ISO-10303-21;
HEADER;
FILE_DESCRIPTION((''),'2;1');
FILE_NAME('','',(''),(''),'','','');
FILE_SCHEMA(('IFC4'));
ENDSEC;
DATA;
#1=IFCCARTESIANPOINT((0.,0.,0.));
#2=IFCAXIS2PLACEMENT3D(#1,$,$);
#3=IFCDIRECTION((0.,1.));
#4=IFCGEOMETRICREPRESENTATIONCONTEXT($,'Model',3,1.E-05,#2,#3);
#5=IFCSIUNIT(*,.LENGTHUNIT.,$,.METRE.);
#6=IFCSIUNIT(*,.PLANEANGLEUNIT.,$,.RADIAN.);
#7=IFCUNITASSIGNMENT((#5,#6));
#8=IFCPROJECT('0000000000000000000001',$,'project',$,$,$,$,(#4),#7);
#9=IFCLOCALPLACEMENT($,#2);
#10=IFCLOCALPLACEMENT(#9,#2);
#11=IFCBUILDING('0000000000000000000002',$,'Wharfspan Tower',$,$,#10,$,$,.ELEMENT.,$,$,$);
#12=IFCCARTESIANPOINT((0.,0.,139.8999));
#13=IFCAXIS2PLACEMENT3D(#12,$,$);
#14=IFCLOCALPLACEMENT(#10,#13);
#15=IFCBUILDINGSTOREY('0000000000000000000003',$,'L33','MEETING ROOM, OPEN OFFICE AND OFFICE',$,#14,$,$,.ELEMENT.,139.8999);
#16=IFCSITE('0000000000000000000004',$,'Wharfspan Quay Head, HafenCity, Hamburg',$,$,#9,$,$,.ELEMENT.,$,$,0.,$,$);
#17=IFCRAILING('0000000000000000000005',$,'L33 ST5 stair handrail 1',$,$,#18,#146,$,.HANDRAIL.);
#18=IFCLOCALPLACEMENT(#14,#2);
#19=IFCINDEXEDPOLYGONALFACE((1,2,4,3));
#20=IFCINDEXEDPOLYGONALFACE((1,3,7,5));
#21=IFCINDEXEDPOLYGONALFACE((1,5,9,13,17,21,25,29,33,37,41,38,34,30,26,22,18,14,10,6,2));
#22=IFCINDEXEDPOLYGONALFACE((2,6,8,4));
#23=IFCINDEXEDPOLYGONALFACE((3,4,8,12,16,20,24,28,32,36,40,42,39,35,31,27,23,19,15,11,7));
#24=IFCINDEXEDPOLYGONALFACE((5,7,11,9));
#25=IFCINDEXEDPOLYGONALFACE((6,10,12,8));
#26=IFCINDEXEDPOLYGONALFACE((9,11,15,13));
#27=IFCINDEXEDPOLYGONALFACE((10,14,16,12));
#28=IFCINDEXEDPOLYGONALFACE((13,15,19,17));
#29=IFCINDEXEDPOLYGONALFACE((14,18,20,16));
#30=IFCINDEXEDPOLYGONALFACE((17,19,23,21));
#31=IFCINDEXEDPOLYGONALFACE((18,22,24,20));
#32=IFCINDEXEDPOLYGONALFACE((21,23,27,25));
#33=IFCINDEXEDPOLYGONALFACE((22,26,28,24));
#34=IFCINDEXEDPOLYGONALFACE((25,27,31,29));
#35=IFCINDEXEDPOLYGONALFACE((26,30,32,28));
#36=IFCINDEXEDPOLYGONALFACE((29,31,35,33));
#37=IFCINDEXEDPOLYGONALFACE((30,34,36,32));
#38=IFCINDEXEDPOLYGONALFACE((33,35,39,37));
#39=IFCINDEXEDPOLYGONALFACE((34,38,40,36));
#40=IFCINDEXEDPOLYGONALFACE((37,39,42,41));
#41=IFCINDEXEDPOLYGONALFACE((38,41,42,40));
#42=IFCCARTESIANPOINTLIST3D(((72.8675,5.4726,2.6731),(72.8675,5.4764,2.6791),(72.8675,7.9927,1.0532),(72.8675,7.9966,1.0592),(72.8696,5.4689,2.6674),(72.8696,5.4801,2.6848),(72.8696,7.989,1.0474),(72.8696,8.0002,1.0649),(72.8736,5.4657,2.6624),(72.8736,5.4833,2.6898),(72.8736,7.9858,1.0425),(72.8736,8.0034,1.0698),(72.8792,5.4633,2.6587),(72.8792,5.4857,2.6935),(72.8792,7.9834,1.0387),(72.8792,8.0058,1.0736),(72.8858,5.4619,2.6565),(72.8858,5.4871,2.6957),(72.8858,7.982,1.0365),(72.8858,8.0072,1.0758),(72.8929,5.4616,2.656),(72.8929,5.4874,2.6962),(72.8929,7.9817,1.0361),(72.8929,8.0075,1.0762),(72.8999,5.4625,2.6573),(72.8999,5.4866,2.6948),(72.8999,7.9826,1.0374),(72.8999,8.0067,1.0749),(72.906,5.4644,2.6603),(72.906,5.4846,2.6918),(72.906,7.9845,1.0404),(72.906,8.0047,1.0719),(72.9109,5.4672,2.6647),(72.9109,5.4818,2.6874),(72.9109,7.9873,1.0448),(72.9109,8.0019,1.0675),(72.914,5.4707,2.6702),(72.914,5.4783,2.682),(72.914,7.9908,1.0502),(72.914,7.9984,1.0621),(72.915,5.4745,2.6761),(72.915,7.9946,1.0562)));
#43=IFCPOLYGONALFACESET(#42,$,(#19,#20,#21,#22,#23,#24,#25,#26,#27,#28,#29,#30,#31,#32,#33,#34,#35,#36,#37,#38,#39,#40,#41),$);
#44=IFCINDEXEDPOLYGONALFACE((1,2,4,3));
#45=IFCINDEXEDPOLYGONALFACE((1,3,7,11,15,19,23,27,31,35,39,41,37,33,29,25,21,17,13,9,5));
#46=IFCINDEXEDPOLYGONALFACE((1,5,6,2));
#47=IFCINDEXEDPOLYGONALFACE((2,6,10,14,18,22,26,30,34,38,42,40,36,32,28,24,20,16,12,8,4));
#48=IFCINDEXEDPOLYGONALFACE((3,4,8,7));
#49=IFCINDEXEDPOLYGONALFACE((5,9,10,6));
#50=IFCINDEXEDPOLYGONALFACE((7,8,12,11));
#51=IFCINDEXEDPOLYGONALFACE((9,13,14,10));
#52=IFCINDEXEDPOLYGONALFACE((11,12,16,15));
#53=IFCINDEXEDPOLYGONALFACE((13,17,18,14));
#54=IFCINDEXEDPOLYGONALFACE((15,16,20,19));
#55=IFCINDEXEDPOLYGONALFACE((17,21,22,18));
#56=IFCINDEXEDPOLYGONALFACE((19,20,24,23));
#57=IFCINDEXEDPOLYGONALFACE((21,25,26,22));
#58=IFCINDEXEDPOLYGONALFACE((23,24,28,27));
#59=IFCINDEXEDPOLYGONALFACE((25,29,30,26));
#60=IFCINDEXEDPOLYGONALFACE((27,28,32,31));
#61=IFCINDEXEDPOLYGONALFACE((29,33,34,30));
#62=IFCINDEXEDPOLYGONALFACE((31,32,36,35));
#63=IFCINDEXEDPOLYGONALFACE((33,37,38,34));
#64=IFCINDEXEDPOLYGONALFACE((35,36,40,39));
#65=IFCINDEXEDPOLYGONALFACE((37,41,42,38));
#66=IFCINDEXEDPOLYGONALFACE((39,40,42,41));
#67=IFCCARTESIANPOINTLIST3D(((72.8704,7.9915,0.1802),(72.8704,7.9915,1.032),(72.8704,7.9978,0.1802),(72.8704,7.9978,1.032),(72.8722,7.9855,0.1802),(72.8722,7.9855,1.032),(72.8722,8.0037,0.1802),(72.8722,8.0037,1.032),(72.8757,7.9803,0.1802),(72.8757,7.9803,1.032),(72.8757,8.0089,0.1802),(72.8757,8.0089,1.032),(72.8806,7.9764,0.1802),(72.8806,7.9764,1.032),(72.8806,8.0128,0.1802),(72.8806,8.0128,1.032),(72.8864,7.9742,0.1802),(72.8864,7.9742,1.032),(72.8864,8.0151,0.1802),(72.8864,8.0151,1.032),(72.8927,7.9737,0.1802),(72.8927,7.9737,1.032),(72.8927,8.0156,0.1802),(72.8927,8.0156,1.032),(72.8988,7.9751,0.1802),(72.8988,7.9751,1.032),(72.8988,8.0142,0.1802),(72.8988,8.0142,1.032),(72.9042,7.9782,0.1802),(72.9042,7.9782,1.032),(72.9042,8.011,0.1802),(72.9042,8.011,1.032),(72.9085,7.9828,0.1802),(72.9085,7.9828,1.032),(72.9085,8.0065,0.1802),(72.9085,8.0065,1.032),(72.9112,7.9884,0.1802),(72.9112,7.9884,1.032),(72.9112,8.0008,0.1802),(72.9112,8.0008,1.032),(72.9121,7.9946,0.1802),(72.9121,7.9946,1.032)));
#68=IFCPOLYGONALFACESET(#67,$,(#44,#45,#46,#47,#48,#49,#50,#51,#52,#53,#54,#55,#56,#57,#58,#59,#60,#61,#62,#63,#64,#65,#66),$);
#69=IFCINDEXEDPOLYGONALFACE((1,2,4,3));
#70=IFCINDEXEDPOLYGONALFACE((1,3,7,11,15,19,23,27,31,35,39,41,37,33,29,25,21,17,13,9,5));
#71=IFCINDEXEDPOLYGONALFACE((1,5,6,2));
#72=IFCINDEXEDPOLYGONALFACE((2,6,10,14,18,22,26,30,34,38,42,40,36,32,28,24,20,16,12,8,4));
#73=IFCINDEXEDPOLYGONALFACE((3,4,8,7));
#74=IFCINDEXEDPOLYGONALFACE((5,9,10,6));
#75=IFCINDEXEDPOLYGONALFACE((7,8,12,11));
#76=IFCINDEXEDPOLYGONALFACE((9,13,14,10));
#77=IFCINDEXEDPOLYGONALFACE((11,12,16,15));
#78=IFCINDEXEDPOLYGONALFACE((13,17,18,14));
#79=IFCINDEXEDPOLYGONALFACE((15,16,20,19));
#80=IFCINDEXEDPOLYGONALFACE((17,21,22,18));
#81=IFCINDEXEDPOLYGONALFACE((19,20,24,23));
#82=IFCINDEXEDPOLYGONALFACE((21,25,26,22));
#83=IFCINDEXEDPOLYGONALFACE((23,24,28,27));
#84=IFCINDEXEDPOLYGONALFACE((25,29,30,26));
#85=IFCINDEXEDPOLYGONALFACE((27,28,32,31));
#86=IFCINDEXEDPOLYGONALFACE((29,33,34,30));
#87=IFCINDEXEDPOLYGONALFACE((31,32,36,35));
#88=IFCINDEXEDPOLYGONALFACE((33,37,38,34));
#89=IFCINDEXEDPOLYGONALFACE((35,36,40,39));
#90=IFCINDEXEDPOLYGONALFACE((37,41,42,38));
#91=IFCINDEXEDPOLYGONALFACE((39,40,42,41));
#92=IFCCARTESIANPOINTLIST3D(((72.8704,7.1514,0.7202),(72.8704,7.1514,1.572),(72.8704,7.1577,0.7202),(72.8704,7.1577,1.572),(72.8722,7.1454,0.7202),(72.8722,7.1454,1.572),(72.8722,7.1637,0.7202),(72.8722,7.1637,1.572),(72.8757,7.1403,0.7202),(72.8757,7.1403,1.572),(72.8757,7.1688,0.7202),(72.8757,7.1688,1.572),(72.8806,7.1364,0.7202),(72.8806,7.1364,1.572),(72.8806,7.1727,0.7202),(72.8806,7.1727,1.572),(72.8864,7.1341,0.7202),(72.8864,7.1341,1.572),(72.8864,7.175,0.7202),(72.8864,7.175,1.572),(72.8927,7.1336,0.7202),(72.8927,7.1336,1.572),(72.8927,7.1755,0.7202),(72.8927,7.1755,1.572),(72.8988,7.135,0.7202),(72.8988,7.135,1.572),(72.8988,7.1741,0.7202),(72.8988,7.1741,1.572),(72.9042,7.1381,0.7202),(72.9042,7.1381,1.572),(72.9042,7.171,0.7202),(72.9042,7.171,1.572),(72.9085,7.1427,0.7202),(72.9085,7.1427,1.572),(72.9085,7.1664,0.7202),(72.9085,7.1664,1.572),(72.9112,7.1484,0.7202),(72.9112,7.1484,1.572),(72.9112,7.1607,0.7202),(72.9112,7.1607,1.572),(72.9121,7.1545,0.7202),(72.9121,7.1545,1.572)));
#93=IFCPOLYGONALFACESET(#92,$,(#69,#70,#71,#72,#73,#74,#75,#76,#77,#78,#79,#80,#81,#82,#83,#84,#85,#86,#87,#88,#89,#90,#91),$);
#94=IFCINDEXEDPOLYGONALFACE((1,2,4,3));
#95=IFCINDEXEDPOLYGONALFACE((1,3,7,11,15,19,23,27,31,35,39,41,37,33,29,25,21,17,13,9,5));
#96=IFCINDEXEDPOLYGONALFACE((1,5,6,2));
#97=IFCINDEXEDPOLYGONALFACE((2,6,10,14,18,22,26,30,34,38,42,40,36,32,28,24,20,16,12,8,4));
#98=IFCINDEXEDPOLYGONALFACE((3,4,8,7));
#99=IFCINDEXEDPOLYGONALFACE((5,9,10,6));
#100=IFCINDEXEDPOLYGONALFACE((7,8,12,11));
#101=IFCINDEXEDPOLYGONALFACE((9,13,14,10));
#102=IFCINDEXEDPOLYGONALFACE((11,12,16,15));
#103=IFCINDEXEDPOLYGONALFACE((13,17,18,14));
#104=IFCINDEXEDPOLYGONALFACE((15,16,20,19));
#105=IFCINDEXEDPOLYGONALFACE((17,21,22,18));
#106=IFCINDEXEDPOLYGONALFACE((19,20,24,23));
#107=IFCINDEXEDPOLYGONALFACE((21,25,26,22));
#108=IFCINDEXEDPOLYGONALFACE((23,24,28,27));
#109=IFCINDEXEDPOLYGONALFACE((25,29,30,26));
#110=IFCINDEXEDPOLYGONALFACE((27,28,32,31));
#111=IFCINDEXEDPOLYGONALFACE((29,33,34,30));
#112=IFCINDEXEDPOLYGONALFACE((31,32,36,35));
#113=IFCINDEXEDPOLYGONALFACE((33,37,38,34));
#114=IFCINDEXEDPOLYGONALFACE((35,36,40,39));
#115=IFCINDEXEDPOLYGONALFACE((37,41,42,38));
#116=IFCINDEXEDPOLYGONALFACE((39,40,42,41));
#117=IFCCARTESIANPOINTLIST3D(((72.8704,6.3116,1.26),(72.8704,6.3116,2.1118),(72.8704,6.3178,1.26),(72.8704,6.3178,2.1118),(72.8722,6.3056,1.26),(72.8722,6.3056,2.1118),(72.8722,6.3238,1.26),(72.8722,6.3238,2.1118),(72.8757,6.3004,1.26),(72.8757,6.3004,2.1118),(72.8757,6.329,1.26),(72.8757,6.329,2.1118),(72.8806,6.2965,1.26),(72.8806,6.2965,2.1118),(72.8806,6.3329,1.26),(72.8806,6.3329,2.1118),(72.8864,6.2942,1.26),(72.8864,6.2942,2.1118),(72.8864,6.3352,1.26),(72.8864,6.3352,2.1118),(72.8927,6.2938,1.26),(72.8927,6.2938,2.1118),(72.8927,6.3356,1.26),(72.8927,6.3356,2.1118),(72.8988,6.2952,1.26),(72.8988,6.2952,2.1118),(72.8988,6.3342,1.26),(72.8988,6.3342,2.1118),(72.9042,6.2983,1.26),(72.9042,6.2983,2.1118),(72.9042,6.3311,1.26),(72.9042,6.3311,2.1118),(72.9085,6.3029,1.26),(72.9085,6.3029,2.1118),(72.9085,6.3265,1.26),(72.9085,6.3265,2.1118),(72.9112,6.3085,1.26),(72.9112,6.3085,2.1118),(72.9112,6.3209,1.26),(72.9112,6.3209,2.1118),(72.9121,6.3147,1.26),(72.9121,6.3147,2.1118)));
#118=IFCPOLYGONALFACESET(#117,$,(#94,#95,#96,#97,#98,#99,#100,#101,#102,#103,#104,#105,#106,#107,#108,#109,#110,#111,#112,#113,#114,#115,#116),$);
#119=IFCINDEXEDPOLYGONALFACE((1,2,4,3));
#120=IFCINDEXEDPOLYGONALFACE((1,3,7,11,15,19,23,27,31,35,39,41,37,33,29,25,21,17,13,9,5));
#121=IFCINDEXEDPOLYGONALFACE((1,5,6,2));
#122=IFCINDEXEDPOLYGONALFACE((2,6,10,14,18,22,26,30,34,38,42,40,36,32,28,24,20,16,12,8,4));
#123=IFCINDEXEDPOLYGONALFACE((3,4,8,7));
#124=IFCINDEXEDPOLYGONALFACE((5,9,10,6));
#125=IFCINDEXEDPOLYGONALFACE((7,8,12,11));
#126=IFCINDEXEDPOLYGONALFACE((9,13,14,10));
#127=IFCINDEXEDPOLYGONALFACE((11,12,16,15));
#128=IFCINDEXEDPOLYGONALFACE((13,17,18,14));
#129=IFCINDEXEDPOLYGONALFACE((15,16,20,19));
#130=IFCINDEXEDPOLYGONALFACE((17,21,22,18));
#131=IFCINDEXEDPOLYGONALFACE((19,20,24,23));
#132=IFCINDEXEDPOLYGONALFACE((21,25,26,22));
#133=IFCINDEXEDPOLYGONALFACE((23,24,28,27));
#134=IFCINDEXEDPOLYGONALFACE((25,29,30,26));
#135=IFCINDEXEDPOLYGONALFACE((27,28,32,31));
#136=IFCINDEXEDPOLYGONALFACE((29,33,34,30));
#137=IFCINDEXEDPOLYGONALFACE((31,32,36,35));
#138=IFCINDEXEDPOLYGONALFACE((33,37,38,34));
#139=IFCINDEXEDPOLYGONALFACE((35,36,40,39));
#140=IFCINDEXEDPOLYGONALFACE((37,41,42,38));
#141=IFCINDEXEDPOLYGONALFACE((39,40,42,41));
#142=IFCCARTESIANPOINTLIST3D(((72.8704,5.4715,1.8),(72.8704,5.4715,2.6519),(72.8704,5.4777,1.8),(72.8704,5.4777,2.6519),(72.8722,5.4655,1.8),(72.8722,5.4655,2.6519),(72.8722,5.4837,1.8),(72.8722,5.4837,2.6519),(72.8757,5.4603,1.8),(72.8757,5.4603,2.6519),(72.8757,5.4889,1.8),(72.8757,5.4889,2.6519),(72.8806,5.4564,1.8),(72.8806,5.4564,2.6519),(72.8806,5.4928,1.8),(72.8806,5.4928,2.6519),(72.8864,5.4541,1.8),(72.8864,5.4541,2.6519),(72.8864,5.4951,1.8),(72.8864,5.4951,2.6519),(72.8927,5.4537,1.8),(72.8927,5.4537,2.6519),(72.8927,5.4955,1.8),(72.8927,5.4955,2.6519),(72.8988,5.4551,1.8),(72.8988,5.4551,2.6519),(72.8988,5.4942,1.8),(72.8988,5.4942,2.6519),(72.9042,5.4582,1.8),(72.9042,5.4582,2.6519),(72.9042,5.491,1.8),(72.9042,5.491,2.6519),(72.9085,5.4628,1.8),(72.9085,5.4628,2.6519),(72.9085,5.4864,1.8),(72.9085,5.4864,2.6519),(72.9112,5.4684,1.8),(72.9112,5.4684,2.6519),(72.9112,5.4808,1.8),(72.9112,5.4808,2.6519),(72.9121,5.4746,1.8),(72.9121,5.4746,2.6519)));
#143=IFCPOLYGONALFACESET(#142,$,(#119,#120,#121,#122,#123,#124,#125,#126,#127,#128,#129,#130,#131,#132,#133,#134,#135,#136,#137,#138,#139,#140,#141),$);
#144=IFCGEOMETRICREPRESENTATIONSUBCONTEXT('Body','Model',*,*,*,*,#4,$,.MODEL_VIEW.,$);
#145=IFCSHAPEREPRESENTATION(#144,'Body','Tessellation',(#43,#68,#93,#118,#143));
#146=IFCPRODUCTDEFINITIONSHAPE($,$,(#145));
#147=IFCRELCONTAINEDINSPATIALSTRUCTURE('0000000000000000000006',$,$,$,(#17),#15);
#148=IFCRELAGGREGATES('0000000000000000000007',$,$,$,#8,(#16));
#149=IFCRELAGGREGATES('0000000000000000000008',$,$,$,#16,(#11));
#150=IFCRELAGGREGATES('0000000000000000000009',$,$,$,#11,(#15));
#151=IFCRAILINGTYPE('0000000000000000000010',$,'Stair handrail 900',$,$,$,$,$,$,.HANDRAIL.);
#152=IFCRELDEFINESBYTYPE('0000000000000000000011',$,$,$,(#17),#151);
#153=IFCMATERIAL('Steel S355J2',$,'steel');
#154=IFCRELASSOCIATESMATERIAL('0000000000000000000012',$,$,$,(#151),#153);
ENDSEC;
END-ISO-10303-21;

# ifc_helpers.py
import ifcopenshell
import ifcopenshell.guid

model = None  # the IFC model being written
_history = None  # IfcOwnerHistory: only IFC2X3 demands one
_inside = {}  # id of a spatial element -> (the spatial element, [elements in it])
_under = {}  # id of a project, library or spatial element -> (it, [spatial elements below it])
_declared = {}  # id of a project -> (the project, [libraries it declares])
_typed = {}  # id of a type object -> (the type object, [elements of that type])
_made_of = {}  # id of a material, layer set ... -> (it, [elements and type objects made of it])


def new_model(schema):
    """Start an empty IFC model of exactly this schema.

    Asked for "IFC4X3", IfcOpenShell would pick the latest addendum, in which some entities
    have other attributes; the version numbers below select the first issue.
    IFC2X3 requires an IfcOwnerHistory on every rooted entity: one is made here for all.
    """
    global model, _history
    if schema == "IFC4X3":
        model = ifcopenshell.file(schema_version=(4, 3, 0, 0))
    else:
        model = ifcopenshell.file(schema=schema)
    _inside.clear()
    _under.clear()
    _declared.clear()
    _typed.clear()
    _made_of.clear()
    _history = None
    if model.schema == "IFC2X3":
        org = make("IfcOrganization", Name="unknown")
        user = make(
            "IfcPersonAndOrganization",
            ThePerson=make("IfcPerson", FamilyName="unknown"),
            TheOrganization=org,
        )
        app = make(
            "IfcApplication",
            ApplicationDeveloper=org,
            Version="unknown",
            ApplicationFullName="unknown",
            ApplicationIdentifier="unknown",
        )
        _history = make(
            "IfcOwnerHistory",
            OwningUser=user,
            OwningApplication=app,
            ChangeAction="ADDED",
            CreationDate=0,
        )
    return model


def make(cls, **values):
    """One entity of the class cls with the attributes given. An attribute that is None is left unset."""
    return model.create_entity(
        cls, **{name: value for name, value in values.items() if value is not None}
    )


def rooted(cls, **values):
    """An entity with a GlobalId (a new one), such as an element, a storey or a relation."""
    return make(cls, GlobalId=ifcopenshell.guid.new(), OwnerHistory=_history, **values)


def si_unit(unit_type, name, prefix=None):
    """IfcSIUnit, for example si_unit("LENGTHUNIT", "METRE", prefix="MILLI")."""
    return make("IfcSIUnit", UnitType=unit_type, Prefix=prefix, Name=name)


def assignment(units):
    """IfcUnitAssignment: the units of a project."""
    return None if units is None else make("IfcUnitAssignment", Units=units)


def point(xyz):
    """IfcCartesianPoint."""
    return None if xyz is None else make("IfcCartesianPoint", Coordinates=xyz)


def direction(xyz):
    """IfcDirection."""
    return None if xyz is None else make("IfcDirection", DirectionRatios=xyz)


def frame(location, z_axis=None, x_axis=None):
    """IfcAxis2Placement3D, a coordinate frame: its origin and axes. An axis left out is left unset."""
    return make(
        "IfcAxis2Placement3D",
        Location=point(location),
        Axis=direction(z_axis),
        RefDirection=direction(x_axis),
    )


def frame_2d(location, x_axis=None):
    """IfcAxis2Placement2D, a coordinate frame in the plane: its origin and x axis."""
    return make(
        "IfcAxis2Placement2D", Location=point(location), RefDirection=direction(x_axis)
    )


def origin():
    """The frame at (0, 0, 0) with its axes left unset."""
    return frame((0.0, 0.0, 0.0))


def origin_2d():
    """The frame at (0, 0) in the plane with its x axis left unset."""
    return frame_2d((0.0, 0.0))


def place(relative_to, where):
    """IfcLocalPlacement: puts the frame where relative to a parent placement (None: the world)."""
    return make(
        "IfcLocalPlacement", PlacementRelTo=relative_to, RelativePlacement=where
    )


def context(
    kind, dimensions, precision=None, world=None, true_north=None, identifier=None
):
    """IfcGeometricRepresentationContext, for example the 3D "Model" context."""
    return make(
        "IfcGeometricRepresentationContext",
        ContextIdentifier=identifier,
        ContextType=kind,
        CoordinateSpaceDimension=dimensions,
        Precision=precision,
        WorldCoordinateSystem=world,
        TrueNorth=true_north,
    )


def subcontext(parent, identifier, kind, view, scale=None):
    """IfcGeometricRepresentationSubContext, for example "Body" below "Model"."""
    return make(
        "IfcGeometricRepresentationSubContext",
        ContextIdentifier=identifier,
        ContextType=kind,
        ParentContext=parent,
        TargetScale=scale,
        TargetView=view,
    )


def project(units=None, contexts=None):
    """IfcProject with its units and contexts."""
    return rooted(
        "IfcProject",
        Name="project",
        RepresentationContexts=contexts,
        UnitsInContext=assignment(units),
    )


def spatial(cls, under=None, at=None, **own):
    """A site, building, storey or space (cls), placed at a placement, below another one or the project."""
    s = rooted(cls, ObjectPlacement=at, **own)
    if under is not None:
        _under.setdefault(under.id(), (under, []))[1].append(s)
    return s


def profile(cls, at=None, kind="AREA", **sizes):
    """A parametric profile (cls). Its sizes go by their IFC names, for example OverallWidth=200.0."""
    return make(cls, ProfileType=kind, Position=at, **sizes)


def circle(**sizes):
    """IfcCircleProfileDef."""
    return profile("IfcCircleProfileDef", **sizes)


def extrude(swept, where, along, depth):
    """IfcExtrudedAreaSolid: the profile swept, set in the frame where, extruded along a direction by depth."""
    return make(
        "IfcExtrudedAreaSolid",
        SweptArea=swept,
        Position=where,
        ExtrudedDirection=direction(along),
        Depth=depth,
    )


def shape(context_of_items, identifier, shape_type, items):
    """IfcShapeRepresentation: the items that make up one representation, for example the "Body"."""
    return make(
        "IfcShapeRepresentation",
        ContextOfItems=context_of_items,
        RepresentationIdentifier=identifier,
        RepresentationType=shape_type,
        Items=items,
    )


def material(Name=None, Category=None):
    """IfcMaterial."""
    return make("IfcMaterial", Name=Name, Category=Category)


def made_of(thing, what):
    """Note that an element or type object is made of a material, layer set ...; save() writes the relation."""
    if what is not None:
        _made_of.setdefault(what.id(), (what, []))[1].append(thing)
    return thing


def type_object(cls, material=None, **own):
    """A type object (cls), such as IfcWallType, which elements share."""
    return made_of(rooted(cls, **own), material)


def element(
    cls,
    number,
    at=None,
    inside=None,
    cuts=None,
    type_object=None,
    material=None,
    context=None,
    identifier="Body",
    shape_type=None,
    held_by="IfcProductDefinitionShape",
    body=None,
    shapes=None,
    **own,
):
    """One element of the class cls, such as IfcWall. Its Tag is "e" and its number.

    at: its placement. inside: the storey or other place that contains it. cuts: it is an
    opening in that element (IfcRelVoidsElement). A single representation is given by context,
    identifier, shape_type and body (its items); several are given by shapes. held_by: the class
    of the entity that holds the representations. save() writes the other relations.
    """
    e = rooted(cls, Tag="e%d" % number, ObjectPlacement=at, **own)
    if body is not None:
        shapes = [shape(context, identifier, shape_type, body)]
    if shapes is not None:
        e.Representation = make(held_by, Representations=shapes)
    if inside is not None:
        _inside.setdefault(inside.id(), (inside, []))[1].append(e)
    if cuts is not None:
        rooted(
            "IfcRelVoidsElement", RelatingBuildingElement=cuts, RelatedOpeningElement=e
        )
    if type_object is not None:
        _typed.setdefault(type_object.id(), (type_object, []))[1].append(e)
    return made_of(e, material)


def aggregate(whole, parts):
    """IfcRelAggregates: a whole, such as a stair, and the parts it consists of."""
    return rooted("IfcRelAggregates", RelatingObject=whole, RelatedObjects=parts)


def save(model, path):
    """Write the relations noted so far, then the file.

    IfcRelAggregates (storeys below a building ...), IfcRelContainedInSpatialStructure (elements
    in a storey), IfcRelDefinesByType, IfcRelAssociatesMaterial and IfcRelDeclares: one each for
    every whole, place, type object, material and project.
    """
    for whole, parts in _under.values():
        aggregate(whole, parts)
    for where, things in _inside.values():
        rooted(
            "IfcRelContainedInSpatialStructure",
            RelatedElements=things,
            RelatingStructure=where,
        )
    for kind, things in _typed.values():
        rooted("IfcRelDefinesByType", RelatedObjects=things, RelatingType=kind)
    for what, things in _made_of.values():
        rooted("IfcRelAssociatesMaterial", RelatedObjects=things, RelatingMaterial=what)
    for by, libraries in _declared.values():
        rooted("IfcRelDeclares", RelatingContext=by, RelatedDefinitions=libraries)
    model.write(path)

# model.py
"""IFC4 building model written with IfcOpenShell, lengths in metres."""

from ifc_helpers import new_model, si_unit, direction, frame, origin, origin_2d, place, context, subcontext, project, spatial, circle, extrude, material, type_object, element, save


model = new_model("IFC4")

# Units and contexts
model_context = context("Model", 3, precision=1e-05, world=origin(), true_north=direction((0.0, 1.0)))
body_context = subcontext(model_context, "Body", "Model", "MODEL_VIEW")
ifc_project = project(units=[si_unit("LENGTHUNIT", "METRE"), si_unit("PLANEANGLEUNIT", "RADIAN")], contexts=[model_context])

# Site, building, storey
site_placement = place(None, origin())
site = spatial("IfcSite", under=ifc_project, at=site_placement, Name="Wharfspan Quay Head, HafenCity, Hamburg", CompositionType="ELEMENT", RefElevation=0.0)
building_placement = place(site_placement, origin())
building = spatial("IfcBuilding", under=site, at=building_placement, Name="Wharfspan Tower", CompositionType="ELEMENT")
storey_placement = place(building_placement, frame((0.0, 0.0, 139.8999)))
storey = spatial("IfcBuildingStorey", under=building, at=storey_placement, Name="L33", Description="MEETING ROOM, OPEN OFFICE AND OFFICE", CompositionType="ELEMENT", Elevation=139.8999)

# Railing
ifc_material_1 = material(Name="Steel S355J2", Category="steel")
railing_type_1 = type_object("IfcRailingType", Name="Stair handrail 900", PredefinedType="HANDRAIL", material=ifc_material_1)
railing_1_placement = place(storey_placement, frame((72.8911, 7.9946, 0.1802)))
element("IfcRailing", 1, at=railing_1_placement, inside=storey, type_object=railing_type_1, Name="L33 ST5 stair handrail 1", PredefinedType="HANDRAIL", context=body_context, shape_type="SweptSolid", body=[
    extrude(circle(Radius=0.0239, at=origin_2d()), frame((0.0, 0.0, 0.876), z_axis=(0.0, -0.8412, 0.540725), x_axis=(1.0, 0.0, 0.0)), (0.0, 0.0, 1.0), 2.9958),
    extrude(circle(Radius=0.021, at=origin_2d()), origin(), (0.0, 0.0, 1.0), 0.8518),
    extrude(circle(Radius=0.021, at=origin_2d()), frame((0.0, -0.8401, 0.54)), (0.0, 0.0, 1.0), 0.8518),
    extrude(circle(Radius=0.021, at=origin_2d()), frame((0.0, -1.6799, 1.0798)), (0.0, 0.0, 1.0), 0.8518),
    extrude(circle(Radius=0.021, at=origin_2d()), frame((0.0, -2.52, 1.6199)), (0.0, 0.0, 1.0), 0.8518),
])

save(model, "model.ifc")
